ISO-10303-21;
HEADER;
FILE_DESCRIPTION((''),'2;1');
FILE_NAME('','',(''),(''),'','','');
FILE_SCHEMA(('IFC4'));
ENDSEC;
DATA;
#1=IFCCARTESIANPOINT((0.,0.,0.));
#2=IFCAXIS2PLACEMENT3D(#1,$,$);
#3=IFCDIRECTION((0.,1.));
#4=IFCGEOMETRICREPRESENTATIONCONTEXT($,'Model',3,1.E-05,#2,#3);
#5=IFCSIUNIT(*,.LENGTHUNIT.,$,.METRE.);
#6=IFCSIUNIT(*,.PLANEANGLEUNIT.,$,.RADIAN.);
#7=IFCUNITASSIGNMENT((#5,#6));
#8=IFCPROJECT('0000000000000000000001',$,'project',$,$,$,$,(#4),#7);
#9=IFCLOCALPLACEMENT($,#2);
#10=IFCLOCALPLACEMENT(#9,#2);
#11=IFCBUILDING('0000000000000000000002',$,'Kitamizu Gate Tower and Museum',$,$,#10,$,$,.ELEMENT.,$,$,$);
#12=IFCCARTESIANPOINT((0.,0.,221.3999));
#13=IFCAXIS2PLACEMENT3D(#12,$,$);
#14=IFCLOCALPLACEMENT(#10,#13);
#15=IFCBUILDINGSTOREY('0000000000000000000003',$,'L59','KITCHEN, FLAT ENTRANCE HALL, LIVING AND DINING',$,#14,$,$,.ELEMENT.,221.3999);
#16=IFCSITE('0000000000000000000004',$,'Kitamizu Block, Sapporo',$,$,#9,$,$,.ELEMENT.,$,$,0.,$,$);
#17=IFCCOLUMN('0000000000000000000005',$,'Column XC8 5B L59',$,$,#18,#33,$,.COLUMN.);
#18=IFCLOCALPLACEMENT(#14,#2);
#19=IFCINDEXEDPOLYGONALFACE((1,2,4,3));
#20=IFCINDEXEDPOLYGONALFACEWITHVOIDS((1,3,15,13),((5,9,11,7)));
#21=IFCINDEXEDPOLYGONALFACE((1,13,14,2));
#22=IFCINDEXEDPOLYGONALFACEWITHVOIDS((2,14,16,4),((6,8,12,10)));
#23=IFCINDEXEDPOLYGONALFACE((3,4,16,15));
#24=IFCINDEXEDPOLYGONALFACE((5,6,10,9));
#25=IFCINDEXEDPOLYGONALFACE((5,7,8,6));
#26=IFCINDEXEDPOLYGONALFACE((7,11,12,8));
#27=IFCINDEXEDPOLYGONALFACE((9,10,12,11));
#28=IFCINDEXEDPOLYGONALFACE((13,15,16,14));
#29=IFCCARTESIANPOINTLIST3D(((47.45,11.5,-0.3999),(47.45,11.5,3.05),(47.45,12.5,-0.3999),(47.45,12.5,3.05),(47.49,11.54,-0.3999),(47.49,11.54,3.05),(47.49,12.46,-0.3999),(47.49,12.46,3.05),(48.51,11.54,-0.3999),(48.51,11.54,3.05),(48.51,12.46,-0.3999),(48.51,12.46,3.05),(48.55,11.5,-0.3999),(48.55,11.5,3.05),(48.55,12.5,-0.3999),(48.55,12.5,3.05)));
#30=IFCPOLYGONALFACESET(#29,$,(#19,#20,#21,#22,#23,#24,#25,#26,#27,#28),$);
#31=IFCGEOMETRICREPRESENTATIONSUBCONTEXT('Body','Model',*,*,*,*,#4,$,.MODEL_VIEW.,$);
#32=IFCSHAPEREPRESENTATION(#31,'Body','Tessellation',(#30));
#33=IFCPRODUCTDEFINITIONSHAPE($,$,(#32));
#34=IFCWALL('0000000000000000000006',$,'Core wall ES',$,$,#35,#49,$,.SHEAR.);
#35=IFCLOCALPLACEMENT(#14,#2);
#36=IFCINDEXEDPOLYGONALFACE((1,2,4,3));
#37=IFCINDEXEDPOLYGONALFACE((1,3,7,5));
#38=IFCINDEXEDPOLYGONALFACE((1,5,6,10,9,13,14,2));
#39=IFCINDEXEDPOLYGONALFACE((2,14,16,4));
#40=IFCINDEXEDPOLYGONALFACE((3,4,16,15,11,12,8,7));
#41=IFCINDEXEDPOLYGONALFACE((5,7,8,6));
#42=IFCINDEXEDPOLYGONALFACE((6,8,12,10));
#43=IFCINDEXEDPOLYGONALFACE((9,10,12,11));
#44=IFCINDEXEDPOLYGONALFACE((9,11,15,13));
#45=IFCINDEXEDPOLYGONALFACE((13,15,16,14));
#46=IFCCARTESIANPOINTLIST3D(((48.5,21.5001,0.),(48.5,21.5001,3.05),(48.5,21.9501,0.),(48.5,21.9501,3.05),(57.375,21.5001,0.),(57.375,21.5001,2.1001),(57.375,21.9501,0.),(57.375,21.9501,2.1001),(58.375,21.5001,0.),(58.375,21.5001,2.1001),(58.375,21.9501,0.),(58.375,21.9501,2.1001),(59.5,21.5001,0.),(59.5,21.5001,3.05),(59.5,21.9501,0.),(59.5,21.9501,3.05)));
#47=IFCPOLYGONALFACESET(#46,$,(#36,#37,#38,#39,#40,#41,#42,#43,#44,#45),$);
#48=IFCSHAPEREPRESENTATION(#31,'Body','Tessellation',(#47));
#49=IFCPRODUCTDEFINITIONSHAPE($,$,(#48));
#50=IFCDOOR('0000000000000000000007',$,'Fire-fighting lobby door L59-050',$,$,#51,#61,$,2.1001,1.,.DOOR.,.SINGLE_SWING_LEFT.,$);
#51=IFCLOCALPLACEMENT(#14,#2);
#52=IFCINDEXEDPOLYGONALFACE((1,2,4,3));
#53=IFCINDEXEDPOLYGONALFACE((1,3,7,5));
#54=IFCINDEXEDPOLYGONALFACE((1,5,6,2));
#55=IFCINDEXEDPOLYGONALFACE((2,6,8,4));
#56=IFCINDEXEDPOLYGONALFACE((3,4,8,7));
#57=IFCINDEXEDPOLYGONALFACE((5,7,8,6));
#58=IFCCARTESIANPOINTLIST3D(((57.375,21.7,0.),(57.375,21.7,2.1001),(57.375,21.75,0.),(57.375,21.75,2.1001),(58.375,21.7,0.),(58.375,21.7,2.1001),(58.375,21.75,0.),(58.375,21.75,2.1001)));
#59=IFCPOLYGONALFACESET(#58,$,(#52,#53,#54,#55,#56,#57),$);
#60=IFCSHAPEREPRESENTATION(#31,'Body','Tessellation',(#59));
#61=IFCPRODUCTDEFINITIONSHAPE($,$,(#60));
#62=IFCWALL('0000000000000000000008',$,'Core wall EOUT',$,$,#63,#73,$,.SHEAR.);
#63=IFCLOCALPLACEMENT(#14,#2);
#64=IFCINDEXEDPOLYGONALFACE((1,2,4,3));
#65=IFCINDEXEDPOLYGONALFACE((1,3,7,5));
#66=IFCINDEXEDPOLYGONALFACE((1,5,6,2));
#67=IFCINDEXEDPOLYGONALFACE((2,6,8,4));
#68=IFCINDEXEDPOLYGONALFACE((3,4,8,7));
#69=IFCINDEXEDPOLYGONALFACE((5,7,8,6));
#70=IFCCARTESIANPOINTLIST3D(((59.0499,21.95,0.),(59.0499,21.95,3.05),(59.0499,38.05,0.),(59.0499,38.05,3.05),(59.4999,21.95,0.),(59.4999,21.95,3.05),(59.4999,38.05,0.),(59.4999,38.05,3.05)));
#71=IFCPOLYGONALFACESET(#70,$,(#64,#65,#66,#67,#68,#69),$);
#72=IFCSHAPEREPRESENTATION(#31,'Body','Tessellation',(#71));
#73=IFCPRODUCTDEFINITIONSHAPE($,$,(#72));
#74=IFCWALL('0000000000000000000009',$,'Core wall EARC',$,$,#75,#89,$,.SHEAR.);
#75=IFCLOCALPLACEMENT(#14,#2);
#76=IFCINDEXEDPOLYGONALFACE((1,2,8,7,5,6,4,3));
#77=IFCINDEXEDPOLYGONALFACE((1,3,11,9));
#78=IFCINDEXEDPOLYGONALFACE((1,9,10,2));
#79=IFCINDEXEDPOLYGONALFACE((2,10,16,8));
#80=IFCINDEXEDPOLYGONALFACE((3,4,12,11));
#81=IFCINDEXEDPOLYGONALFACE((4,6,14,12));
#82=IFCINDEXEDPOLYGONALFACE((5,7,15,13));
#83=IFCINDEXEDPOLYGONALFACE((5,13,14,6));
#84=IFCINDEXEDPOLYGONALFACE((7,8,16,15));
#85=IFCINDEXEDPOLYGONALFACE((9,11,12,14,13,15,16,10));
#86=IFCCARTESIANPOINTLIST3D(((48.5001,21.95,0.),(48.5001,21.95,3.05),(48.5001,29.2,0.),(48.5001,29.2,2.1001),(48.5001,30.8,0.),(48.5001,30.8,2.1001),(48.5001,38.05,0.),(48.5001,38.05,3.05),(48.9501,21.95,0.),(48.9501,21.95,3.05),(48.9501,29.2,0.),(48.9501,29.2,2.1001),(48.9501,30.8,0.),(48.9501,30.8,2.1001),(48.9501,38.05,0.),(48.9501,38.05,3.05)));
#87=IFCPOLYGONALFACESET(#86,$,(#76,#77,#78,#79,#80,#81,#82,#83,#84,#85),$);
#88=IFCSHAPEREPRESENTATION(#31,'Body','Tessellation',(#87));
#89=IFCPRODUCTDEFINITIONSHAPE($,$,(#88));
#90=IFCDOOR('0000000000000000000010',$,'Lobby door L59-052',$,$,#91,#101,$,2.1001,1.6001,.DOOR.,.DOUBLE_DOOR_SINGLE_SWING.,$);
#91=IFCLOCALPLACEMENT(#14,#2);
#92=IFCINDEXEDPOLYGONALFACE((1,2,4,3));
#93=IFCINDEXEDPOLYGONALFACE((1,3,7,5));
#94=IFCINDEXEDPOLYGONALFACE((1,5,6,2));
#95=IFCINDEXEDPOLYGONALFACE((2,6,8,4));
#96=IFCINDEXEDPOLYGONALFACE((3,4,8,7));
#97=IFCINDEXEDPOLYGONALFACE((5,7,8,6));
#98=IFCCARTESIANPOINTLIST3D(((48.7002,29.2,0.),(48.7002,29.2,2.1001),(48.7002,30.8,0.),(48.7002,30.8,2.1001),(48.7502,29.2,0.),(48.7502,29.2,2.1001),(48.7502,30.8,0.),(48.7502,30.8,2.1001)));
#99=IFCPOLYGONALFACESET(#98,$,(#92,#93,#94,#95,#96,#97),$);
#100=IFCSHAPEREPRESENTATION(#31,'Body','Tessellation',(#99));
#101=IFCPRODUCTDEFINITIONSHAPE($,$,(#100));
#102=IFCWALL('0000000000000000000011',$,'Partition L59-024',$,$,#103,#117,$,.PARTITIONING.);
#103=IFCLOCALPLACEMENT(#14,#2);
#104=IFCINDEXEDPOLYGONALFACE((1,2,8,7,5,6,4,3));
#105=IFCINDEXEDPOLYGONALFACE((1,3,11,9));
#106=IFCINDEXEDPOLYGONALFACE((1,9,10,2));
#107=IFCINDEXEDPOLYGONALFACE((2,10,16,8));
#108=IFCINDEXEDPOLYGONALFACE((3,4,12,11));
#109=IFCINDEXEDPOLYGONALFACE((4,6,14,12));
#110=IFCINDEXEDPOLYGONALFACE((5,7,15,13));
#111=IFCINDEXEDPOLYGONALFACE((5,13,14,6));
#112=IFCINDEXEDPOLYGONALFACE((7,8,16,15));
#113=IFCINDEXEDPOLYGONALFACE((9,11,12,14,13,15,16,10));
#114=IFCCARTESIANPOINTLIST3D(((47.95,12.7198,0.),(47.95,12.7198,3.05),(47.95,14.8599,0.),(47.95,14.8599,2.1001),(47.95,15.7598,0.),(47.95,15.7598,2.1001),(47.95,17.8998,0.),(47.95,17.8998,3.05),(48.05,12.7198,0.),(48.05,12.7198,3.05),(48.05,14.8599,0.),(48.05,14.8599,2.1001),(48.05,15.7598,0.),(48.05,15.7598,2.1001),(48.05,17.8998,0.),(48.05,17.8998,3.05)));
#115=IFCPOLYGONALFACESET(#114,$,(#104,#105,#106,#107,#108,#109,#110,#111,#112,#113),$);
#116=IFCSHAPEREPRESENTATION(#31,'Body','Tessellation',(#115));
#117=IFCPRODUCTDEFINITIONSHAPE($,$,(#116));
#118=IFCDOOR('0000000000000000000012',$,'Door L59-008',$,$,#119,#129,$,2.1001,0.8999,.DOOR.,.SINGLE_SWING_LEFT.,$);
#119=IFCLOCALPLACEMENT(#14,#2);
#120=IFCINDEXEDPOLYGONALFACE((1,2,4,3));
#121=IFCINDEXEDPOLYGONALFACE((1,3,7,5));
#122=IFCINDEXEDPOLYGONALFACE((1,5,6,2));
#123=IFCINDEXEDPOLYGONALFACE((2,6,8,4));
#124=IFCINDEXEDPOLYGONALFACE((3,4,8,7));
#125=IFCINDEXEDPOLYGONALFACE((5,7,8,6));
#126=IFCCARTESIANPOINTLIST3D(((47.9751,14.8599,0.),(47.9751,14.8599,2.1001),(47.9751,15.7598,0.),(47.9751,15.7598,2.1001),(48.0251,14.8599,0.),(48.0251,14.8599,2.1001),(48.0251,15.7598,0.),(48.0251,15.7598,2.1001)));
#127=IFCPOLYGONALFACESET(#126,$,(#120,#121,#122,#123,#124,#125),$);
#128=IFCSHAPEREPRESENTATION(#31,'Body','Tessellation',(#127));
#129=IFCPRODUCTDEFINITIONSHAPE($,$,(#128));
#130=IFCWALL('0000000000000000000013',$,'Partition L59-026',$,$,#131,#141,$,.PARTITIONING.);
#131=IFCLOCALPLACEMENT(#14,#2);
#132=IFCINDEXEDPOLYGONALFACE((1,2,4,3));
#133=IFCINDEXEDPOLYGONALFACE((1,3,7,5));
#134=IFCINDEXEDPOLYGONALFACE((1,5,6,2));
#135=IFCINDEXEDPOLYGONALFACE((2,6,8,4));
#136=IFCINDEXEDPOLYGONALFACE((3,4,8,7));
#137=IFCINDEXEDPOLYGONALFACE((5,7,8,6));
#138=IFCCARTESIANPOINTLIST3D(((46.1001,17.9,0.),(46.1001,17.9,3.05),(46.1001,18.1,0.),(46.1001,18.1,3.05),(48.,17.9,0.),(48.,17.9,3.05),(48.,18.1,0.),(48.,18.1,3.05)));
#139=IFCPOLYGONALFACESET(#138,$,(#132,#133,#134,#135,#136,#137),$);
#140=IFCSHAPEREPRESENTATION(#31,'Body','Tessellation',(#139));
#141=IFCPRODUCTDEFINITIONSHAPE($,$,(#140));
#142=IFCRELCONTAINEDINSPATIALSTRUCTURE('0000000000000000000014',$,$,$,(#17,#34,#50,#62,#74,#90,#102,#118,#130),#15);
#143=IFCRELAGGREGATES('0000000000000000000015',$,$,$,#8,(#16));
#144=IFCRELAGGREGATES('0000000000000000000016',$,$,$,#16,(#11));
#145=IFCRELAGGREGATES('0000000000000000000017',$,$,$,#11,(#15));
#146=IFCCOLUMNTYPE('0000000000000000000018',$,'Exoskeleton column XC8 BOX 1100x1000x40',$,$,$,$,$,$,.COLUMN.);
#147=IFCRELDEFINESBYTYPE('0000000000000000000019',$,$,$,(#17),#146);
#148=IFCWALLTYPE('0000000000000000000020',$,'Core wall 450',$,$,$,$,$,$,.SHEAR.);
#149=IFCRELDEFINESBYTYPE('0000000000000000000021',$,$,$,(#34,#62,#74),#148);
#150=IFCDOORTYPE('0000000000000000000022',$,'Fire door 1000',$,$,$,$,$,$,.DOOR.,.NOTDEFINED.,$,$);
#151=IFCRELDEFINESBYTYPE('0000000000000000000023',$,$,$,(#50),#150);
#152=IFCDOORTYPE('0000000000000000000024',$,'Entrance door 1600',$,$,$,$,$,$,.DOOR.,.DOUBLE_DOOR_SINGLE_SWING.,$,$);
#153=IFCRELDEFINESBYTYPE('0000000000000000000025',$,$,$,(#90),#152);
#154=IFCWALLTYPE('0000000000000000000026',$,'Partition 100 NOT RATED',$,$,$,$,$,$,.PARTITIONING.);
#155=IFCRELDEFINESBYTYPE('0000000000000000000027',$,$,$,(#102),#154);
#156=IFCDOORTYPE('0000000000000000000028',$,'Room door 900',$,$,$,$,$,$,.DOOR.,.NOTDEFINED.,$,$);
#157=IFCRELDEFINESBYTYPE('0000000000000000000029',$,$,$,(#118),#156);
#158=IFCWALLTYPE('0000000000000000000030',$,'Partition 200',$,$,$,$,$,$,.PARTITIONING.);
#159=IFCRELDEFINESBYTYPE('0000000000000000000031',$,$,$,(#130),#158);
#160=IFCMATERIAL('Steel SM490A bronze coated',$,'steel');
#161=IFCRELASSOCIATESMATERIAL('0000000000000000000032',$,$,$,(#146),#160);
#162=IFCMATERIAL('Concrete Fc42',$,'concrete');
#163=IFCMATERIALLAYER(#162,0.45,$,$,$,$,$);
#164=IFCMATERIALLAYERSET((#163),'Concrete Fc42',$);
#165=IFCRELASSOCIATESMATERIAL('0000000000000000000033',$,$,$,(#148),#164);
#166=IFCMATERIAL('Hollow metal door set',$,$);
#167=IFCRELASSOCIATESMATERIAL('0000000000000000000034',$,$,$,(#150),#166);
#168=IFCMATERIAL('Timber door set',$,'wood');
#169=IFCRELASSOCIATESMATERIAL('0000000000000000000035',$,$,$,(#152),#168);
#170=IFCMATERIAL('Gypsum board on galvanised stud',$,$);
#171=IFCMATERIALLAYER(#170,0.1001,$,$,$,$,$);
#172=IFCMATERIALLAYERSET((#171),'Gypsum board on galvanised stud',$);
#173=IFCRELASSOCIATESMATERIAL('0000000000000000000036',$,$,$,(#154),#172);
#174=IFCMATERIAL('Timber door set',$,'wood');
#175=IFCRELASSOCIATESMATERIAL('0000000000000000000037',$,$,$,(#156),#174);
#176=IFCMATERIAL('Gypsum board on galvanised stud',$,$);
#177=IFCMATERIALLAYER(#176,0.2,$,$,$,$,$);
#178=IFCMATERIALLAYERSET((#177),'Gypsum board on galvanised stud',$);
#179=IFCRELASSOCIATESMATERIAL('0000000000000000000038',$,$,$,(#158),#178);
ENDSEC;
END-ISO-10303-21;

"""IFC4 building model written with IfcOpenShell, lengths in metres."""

from ifc_helpers import new_model, si_unit, direction, frame, frame_2d, origin, origin_2d, place, context, subcontext, project, spatial, rectangle, hollow_rectangle, extrude, material, layer, layer_set, material_profile, profile_set, type_object, element, fill, save


model = new_model("IFC4")

# Units and contexts
model_context = context("Model", 3, precision=1e-05, world=origin(), true_north=direction((0.0, 1.0)))
body_context = subcontext(model_context, "Body", "Model", "MODEL_VIEW")
ifc_project = project(units=[si_unit("LENGTHUNIT", "METRE"), si_unit("PLANEANGLEUNIT", "RADIAN")], contexts=[model_context])

# Site, building, storey
site_placement = place(None, origin())
site = spatial("IfcSite", under=ifc_project, at=site_placement, Name="Kitamizu Block, Sapporo", CompositionType="ELEMENT", RefElevation=0.0)
building_placement = place(site_placement, origin())
building = spatial("IfcBuilding", under=site, at=building_placement, Name="Kitamizu Gate Tower and Museum", CompositionType="ELEMENT")
storey_placement = place(building_placement, frame((0.0, 0.0, 221.3999)))
storey = spatial("IfcBuildingStorey", under=building, at=storey_placement, Name="L59", Description="KITCHEN, FLAT ENTRANCE HALL, LIVING AND DINING", CompositionType="ELEMENT", Elevation=221.3999)

# Column
ifc_material_1 = material(Name="Steel SM490A bronze coated", Category="steel")
ifc_material_profile = material_profile(ifc_material_1, hollow_rectangle(XDim=1.1001, YDim=1.0, WallThickness=0.04, at=origin_2d()), Name="BOX 1100x1000x40")
ifc_profile_set = profile_set([ifc_material_profile], Name="Steel SM490A bronze coated")
column_type = type_object("IfcColumnType", Name="Exoskeleton column XC8 BOX 1100x1000x40", PredefinedType="COLUMN", material=ifc_profile_set)
column_placement = place(storey_placement, frame((48.0, 12.0, -0.3999), z_axis=(0.0, 0.0, 1.0), x_axis=(1.0, 0.0, 0.0)))
element("IfcColumn", 1, at=column_placement, inside=storey, type_object=column_type, Name="Column XC8 5B L59", PredefinedType="COLUMN", context=body_context, shape_type="SweptSolid", body=[
    extrude(hollow_rectangle(XDim=1.1001, YDim=1.0, WallThickness=0.04, at=origin_2d()), origin(), (0.0, 0.0, 1.0), 3.45),
])

# Wall, opening, door
ifc_material_2 = material(Name="Concrete Fc42", Category="concrete")
ifc_layer_1 = layer(ifc_material_2, 0.45)
ifc_layer_set_1 = layer_set([ifc_layer_1], Name="Concrete Fc42")
wall_type_1 = type_object("IfcWallType", Name="Core wall 450", PredefinedType="SHEAR", material=ifc_layer_set_1)
wall_1_placement = place(storey_placement, frame((59.5, 21.7251, 0.0), z_axis=(0.0, 0.0, 1.0), x_axis=(-1.0, 0.0, 0.0)))
wall_1 = element("IfcWall", 2, at=wall_1_placement, inside=storey, type_object=wall_type_1, Name="Core wall ES", PredefinedType="SHEAR", context=body_context, shape_type="SweptSolid", body=[
    extrude(rectangle(XDim=11.0, YDim=0.45, at=frame_2d((5.5, 0.0))), origin(), (0.0, 0.0, 1.0), 3.05),
])
opening_1_placement = place(wall_1_placement, frame((1.125, 0.0, 0.0)))
opening_1 = element("IfcOpeningElement", 3, at=opening_1_placement, cuts=wall_1, PredefinedType="OPENING", context=body_context, shape_type="SweptSolid", body=[
    extrude(rectangle(XDim=1.0, YDim=2.1001, at=frame_2d((0.5, 1.05))), frame((0.0, 0.2349, 0.0), z_axis=(0.0, -1.0, 0.0), x_axis=(1.0, 0.0, 0.0)), (0.0, 0.0, 1.0), 0.47),
])
ifc_material_3 = material(Name="Hollow metal door set")
door_type_1 = type_object("IfcDoorType", Name="Fire door 1000", OperationType="NOTDEFINED", PredefinedType="DOOR", material=ifc_material_3)
door_1_placement = place(opening_1_placement, frame((1.0, 0.0, 0.0), x_axis=(-1.0, 0.0, 0.0)))
door_1 = element("IfcDoor", 4, at=door_1_placement, inside=storey, type_object=door_type_1, Name="Fire-fighting lobby door L59-050", OperationType="SINGLE_SWING_LEFT", OverallHeight=2.1001, OverallWidth=1.0, PredefinedType="DOOR", context=body_context, shape_type="SweptSolid", body=[
    extrude(rectangle(XDim=1.0, YDim=2.1001, at=frame_2d((0.5, 1.05))), frame((0.0, 0.0249, 0.0), z_axis=(0.0, -1.0, 0.0), x_axis=(1.0, 0.0, 0.0)), (0.0, 0.0, 1.0), 0.05),
])
fill(opening_1, door_1)

# Wall
wall_2_placement = place(storey_placement, frame((59.2749, 21.95, 0.0), z_axis=(0.0, 0.0, 1.0), x_axis=(0.0, 1.0, 0.0)))
element("IfcWall", 5, at=wall_2_placement, inside=storey, type_object=wall_type_1, Name="Core wall EOUT", PredefinedType="SHEAR", context=body_context, shape_type="SweptSolid", body=[
    extrude(rectangle(XDim=16.1001, YDim=0.45, at=frame_2d((8.05, 0.0))), origin(), (0.0, 0.0, 1.0), 3.05),
])

# Walls, openings, doors
wall_3_placement = place(storey_placement, frame((48.7251, 21.95, 0.0), z_axis=(0.0, 0.0, 1.0), x_axis=(0.0, 1.0, 0.0)))
wall_3 = element("IfcWall", 6, at=wall_3_placement, inside=storey, type_object=wall_type_1, Name="Core wall EARC", PredefinedType="SHEAR", context=body_context, shape_type="SweptSolid", body=[
    extrude(rectangle(XDim=16.1001, YDim=0.45, at=frame_2d((8.05, 0.0))), origin(), (0.0, 0.0, 1.0), 3.05),
])
opening_2_placement = place(wall_3_placement, frame((7.25, 0.0, 0.0)))
opening_2 = element("IfcOpeningElement", 7, at=opening_2_placement, cuts=wall_3, PredefinedType="OPENING", context=body_context, shape_type="SweptSolid", body=[
    extrude(rectangle(XDim=1.6001, YDim=2.1001, at=frame_2d((0.8, 1.05))), frame((0.0, 0.2349, 0.0), z_axis=(0.0, -1.0, 0.0), x_axis=(1.0, 0.0, 0.0)), (0.0, 0.0, 1.0), 0.47),
])
ifc_material_4 = material(Name="Timber door set", Category="wood")
door_type_2 = type_object("IfcDoorType", Name="Entrance door 1600", OperationType="DOUBLE_DOOR_SINGLE_SWING", PredefinedType="DOOR", material=ifc_material_4)
door_2_placement = place(opening_2_placement, origin())
door_2 = element("IfcDoor", 8, at=door_2_placement, inside=storey, type_object=door_type_2, Name="Lobby door L59-052", OperationType="DOUBLE_DOOR_SINGLE_SWING", OverallHeight=2.1001, OverallWidth=1.6001, PredefinedType="DOOR", context=body_context, shape_type="SweptSolid", body=[
    extrude(rectangle(XDim=1.6001, YDim=2.1001, at=frame_2d((0.8, 1.05))), frame((0.0, 0.0249, 0.0), z_axis=(0.0, -1.0, 0.0), x_axis=(1.0, 0.0, 0.0)), (0.0, 0.0, 1.0), 0.05),
])
fill(opening_2, door_2)
ifc_material_5 = material(Name="Gypsum board on galvanised stud")
ifc_layer_2 = layer(ifc_material_5, 0.1001)
ifc_layer_set_2 = layer_set([ifc_layer_2], Name="Gypsum board on galvanised stud")
wall_type_2 = type_object("IfcWallType", Name="Partition 100 NOT RATED", PredefinedType="PARTITIONING", material=ifc_layer_set_2)
wall_4_placement = place(storey_placement, frame((48.0, 12.72, 0.0), z_axis=(0.0, 0.0, 1.0), x_axis=(0.0, 1.0, 0.0)))
wall_4 = element("IfcWall", 9, at=wall_4_placement, inside=storey, type_object=wall_type_2, Name="Partition L59-024", PredefinedType="PARTITIONING", context=body_context, shape_type="SweptSolid", body=[
    extrude(rectangle(XDim=5.1799, YDim=0.1001, at=frame_2d((2.5898, 0.0))), origin(), (0.0, 0.0, 1.0), 3.05),
])
opening_3_placement = place(wall_4_placement, frame((2.1399, 0.0, 0.0)))
opening_3 = element("IfcOpeningElement", 10, at=opening_3_placement, cuts=wall_4, PredefinedType="OPENING", context=body_context, shape_type="SweptSolid", body=[
    extrude(rectangle(XDim=0.8999, YDim=2.1001, at=frame_2d((0.45, 1.05))), frame((0.0, 0.0601, 0.0), z_axis=(0.0, -1.0, 0.0), x_axis=(1.0, 0.0, 0.0)), (0.0, 0.0, 1.0), 0.1201),
])
ifc_material_6 = material(Name="Timber door set", Category="wood")
door_type_3 = type_object("IfcDoorType", Name="Room door 900", OperationType="NOTDEFINED", PredefinedType="DOOR", material=ifc_material_6)
door_3_placement = place(opening_3_placement, origin())
door_3 = element("IfcDoor", 11, at=door_3_placement, inside=storey, type_object=door_type_3, Name="Door L59-008", OperationType="SINGLE_SWING_LEFT", OverallHeight=2.1001, OverallWidth=0.8999, PredefinedType="DOOR", context=body_context, shape_type="SweptSolid", body=[
    extrude(rectangle(XDim=0.8999, YDim=2.1001, at=frame_2d((0.45, 1.05))), frame((0.0, 0.0249, 0.0), z_axis=(0.0, -1.0, 0.0), x_axis=(1.0, 0.0, 0.0)), (0.0, 0.0, 1.0), 0.05),
])
fill(opening_3, door_3)

# Wall
ifc_material_7 = material(Name="Gypsum board on galvanised stud")
ifc_layer_3 = layer(ifc_material_7, 0.2)
ifc_layer_set_3 = layer_set([ifc_layer_3], Name="Gypsum board on galvanised stud")
wall_type_3 = type_object("IfcWallType", Name="Partition 200", PredefinedType="PARTITIONING", material=ifc_layer_set_3)
wall_5_placement = place(storey_placement, frame((48.0, 18.0, 0.0), z_axis=(0.0, 0.0, 1.0), x_axis=(-1.0, 0.0, 0.0)))
element("IfcWall", 12, at=wall_5_placement, inside=storey, type_object=wall_type_3, Name="Partition L59-026", PredefinedType="PARTITIONING", context=body_context, shape_type="SweptSolid", body=[
    extrude(rectangle(XDim=1.8999, YDim=0.2, at=frame_2d((0.95, 0.0))), origin(), (0.0, 0.0, 1.0), 3.05),
])

save(model, "model.ifc")
